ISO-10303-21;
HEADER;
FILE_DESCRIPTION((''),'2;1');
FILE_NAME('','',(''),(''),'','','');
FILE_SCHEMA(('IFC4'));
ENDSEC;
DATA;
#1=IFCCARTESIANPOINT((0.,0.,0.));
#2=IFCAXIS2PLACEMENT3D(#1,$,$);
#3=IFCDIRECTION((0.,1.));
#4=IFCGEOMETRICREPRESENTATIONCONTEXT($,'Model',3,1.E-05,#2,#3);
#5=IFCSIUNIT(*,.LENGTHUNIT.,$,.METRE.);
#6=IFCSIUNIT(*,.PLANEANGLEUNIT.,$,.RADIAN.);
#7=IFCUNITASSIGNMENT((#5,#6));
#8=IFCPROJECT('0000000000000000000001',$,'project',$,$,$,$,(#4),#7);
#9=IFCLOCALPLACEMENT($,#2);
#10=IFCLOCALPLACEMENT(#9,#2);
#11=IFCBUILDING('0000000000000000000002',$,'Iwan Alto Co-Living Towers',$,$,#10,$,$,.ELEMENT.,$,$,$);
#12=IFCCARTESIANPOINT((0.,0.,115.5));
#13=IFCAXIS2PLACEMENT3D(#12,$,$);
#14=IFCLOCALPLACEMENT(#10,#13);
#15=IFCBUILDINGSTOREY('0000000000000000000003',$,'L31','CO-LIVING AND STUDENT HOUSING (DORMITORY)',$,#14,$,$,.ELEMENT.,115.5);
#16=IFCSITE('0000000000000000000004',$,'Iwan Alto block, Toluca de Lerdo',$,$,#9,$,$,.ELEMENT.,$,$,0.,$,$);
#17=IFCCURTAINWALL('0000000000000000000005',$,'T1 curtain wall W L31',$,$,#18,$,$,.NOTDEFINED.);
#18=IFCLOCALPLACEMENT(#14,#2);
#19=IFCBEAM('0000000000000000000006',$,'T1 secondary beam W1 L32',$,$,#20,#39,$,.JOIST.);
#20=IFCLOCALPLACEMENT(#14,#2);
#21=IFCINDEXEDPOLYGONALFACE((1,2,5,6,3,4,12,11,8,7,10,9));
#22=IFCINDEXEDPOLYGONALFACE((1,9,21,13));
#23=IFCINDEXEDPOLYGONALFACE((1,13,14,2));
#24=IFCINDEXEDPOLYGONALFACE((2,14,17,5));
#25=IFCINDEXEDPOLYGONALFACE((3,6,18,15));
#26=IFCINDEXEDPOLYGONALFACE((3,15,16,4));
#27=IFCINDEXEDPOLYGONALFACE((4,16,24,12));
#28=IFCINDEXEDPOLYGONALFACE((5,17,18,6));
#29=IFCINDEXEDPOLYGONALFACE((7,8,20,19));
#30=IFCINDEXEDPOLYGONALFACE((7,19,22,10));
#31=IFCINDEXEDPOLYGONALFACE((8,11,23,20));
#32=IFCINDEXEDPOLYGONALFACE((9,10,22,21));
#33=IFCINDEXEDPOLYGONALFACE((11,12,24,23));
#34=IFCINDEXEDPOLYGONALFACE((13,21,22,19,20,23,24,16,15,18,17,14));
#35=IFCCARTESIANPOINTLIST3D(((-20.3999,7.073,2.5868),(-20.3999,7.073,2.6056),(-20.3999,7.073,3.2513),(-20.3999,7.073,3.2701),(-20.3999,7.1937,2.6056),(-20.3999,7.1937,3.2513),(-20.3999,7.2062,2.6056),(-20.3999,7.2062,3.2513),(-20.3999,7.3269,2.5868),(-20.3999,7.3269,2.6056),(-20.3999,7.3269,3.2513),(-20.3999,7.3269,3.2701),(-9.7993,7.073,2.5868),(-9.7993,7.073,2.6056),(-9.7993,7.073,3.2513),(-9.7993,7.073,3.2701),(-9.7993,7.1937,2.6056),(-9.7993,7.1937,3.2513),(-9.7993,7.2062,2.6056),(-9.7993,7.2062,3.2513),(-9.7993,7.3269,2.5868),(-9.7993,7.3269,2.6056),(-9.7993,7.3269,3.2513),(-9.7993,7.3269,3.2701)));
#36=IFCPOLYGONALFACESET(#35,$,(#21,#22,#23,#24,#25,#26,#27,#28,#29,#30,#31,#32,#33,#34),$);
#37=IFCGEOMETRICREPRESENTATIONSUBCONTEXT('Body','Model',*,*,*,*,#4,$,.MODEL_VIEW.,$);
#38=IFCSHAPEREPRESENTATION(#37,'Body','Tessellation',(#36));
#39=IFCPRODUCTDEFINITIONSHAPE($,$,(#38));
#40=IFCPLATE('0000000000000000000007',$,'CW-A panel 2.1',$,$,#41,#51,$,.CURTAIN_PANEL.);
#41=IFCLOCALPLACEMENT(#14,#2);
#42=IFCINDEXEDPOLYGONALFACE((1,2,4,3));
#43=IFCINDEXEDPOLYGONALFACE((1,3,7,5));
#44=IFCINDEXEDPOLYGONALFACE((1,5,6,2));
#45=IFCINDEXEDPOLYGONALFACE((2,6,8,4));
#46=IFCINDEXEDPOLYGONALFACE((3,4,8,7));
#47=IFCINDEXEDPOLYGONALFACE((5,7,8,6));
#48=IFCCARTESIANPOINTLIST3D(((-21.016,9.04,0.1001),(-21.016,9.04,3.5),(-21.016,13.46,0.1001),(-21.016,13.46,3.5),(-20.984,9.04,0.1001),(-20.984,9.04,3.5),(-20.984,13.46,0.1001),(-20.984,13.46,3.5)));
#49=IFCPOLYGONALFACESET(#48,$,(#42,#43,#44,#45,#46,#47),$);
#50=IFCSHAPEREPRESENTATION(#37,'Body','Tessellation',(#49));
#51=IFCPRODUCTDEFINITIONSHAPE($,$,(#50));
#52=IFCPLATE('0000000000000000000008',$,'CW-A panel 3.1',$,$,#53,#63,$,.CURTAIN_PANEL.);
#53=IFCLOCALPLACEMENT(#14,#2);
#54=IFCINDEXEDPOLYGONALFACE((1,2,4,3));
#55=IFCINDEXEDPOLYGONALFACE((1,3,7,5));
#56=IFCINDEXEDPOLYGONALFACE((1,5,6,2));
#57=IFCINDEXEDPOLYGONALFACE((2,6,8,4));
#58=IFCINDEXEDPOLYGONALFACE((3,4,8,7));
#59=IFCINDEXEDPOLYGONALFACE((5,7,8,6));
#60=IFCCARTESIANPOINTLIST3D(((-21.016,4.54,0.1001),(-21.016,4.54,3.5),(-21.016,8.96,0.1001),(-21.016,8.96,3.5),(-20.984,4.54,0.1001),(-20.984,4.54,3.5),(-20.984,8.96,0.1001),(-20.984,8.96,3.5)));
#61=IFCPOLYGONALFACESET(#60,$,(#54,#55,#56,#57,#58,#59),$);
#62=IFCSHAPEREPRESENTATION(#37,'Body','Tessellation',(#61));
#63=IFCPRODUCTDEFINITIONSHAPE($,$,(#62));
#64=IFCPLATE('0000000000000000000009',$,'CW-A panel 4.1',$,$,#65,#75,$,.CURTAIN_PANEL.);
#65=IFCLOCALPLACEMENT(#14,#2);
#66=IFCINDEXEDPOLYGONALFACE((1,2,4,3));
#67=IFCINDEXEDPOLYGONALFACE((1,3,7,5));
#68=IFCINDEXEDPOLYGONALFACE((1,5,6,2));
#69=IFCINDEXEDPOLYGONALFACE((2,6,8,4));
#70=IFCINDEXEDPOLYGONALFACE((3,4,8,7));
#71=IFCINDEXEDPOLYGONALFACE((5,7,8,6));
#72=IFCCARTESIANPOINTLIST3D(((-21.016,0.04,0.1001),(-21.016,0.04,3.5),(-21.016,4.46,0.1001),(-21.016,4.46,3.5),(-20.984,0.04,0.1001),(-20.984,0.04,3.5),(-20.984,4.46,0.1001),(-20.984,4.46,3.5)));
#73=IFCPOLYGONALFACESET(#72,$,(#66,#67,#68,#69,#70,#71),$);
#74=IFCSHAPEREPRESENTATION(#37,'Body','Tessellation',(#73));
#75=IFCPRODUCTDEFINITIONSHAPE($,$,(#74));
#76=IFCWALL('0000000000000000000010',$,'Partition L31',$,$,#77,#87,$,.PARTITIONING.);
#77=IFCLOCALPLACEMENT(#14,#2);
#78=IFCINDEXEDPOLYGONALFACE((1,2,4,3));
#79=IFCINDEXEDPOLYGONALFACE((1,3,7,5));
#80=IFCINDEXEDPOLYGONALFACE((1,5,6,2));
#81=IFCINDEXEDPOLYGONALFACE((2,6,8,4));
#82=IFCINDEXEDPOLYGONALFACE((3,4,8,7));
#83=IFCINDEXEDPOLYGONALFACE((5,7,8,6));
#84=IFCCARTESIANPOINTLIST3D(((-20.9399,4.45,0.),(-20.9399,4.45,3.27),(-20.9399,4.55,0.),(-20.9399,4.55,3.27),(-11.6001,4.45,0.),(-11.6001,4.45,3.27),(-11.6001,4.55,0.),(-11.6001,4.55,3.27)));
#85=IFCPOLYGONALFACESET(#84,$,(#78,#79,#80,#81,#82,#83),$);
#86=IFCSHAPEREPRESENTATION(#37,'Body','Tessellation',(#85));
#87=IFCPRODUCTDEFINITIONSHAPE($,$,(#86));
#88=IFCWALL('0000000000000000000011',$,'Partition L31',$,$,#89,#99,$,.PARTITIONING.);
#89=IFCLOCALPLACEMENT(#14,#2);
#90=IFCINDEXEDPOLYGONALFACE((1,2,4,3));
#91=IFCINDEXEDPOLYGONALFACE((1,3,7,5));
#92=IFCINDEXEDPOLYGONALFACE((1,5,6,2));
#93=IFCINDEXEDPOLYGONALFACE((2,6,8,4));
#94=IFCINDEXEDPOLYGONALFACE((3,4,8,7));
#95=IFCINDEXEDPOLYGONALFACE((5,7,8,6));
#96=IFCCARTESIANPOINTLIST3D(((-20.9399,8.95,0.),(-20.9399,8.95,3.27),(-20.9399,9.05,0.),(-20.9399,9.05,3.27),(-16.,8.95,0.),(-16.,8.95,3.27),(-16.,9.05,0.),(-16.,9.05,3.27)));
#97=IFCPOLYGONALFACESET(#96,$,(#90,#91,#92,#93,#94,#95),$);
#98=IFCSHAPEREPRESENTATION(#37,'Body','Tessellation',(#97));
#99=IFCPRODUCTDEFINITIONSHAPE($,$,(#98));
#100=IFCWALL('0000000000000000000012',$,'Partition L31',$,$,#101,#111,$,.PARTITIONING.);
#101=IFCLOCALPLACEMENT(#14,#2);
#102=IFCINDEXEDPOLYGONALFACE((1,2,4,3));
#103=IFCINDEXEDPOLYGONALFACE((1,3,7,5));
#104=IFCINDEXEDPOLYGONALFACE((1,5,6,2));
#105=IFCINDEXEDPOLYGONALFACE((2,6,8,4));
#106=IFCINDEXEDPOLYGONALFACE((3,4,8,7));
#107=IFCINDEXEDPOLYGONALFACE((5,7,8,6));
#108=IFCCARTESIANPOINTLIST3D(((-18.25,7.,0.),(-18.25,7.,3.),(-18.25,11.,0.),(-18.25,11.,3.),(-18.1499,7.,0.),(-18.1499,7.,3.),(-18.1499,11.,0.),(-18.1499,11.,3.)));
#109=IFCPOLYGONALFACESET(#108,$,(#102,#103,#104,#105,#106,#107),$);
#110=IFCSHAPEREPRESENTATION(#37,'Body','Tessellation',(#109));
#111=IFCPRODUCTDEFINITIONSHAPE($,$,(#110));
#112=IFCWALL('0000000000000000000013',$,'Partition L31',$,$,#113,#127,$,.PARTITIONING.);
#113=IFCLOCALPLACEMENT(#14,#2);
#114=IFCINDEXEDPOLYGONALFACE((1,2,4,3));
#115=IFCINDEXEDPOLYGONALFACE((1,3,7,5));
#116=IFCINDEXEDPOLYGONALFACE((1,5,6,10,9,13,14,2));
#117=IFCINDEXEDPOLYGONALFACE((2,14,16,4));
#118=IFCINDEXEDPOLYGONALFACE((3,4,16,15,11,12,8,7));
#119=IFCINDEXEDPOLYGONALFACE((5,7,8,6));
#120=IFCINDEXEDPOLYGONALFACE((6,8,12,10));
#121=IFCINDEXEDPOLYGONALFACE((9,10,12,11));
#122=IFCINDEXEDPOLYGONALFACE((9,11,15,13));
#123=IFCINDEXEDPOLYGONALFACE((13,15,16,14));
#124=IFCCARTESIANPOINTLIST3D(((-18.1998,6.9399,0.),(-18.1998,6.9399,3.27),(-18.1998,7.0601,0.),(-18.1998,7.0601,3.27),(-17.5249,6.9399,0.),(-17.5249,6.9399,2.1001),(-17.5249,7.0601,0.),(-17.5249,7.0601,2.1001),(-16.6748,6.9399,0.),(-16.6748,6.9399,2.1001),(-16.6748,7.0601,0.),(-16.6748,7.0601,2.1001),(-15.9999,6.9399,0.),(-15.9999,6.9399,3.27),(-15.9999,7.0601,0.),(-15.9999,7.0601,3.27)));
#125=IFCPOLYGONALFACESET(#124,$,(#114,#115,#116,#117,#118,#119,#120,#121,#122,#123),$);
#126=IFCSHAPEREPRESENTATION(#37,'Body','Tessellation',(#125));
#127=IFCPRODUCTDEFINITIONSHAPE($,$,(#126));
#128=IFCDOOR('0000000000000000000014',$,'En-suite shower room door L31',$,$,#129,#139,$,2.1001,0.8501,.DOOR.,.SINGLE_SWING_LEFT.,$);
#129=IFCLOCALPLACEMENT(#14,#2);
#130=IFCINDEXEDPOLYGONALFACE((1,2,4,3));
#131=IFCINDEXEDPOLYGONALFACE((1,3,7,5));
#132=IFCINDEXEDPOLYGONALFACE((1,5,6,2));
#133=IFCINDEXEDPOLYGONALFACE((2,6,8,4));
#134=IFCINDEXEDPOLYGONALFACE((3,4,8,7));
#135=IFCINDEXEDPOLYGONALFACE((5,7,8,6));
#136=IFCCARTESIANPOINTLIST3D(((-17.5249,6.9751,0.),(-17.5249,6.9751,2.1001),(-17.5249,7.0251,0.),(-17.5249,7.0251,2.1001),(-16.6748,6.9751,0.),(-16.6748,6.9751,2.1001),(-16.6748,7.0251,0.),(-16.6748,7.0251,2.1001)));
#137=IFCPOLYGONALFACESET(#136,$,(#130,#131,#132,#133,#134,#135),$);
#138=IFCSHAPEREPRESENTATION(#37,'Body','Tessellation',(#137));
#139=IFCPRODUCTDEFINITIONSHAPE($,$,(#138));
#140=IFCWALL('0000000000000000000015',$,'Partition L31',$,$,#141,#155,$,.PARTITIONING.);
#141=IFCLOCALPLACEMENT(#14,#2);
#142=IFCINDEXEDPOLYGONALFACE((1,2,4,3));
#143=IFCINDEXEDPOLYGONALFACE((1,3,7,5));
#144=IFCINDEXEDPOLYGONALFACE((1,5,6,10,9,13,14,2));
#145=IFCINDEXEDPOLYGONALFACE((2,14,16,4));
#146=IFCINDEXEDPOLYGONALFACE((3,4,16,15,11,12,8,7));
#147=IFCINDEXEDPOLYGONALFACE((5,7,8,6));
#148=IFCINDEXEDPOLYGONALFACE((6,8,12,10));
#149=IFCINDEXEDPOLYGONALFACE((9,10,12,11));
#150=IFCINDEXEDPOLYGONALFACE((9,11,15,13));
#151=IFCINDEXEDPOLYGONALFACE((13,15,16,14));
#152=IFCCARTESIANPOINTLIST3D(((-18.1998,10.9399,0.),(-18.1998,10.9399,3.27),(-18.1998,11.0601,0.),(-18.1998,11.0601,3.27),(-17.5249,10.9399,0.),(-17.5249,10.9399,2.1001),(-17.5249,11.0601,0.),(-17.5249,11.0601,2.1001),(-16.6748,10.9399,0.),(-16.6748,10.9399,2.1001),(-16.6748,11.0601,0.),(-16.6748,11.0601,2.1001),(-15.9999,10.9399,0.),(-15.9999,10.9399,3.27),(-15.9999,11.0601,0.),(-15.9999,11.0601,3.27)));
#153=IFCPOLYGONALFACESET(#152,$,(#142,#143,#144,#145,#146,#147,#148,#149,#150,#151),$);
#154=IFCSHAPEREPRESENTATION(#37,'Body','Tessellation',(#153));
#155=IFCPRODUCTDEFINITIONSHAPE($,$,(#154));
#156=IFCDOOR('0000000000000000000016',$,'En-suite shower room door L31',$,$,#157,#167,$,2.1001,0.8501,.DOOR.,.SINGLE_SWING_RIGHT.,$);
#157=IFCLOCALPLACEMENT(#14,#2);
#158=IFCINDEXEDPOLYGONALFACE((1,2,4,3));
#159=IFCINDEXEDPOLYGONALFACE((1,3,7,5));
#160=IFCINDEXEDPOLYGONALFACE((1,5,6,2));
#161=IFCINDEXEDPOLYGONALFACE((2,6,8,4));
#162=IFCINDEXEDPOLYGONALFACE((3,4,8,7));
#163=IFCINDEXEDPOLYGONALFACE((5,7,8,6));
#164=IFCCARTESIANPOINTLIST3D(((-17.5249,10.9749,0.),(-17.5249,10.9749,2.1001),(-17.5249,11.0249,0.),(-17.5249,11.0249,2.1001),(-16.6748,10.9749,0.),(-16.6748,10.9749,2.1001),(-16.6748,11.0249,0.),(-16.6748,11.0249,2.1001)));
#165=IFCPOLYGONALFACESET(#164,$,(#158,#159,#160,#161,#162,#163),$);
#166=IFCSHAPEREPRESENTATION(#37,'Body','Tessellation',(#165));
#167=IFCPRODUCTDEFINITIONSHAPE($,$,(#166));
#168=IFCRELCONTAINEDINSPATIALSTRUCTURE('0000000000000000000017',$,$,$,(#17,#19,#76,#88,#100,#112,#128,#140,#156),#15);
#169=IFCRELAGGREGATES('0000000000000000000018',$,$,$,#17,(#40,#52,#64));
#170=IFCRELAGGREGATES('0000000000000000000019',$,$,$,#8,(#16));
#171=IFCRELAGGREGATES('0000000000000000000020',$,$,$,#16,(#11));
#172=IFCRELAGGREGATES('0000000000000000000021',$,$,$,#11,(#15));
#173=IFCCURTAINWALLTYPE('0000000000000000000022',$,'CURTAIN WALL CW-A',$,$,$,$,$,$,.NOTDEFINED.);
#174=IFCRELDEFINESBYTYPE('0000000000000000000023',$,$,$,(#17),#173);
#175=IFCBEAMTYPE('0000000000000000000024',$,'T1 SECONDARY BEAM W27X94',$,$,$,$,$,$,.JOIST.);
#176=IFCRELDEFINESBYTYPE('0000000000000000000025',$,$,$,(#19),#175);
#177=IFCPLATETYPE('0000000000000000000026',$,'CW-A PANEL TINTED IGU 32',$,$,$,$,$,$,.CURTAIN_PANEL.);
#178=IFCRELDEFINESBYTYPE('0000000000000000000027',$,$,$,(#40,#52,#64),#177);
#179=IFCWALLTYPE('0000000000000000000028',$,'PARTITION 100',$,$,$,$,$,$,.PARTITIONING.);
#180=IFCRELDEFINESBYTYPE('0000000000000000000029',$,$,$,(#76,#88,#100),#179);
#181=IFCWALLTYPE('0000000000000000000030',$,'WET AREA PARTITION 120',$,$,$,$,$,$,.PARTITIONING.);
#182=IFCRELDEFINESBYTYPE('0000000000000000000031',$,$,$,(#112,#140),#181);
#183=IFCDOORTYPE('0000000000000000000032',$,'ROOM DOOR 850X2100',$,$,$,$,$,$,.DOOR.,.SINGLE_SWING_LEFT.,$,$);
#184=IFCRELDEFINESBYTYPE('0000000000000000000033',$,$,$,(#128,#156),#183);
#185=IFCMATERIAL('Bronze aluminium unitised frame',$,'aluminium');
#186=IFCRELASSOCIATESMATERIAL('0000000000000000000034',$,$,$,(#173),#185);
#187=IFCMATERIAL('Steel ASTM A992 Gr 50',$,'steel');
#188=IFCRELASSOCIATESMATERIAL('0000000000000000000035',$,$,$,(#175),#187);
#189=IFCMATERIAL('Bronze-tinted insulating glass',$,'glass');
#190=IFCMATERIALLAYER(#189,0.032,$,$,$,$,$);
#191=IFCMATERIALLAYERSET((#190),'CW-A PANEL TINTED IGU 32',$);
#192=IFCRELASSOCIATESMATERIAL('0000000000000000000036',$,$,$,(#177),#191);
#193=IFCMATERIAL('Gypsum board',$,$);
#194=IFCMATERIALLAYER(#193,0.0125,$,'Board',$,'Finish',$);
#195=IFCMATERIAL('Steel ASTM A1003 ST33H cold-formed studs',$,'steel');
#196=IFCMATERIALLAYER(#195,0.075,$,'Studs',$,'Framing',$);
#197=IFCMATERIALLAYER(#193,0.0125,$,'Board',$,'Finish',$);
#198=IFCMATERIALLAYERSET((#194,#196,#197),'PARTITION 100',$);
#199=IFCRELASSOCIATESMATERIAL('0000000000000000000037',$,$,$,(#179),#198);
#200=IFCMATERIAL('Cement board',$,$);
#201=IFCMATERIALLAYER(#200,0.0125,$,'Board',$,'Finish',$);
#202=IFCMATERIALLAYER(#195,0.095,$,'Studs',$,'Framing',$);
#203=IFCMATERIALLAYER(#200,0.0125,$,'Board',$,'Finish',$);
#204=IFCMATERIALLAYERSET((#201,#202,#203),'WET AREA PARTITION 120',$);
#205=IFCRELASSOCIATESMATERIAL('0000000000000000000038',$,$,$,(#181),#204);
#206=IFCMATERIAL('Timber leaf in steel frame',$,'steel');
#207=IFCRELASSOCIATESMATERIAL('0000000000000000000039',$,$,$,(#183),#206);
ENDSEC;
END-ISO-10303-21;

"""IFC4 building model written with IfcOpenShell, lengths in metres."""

from ifc_helpers import new_model, si_unit, direction, frame, frame_2d, origin, origin_2d, place, context, subcontext, project, spatial, rectangle, i_section, extrude, material, layer, layer_set, material_profile, profile_set, type_object, element, fill, aggregate, save


model = new_model("IFC4")

# Units and contexts
model_context = context("Model", 3, precision=1e-05, world=origin(), true_north=direction((0.0, 1.0)))
body_context = subcontext(model_context, "Body", "Model", "MODEL_VIEW")
ifc_project = project(units=[si_unit("LENGTHUNIT", "METRE"), si_unit("PLANEANGLEUNIT", "RADIAN")], contexts=[model_context])

# Site, building, storey
site_placement = place(None, origin())
site = spatial("IfcSite", under=ifc_project, at=site_placement, Name="Iwan Alto block, Toluca de Lerdo", CompositionType="ELEMENT", RefElevation=0.0)
building_placement = place(site_placement, origin())
building = spatial("IfcBuilding", under=site, at=building_placement, Name="Iwan Alto Co-Living Towers", CompositionType="ELEMENT")
storey_placement = place(building_placement, frame((0.0, 0.0, 115.5)))
storey = spatial("IfcBuildingStorey", under=building, at=storey_placement, Name="L31", Description="CO-LIVING AND STUDENT HOUSING (DORMITORY)", CompositionType="ELEMENT", Elevation=115.5)

# Curtain wall
ifc_material_1 = material(Name="Bronze aluminium unitised frame", Category="aluminium")
curtain_wall_type = type_object("IfcCurtainWallType", Name="CURTAIN WALL CW-A", PredefinedType="NOTDEFINED", material=ifc_material_1)
curtain_wall_placement = place(storey_placement, origin())
curtain_wall = element("IfcCurtainWall", 1, at=curtain_wall_placement, inside=storey, type_object=curtain_wall_type, Name="T1 curtain wall W L31", PredefinedType="NOTDEFINED")

# Beam
ifc_material_2 = material(Name="Steel ASTM A992 Gr 50", Category="steel")
ifc_material_profile_1 = material_profile(ifc_material_2, i_section(OverallWidth=0.2539, OverallDepth=0.6833, WebThickness=0.0125, FlangeThickness=0.0188, at=origin_2d()), Name="W27X94")
ifc_profile_set_1 = profile_set([ifc_material_profile_1], Name="Steel ASTM A992 Gr 50")
beam_type_1 = type_object("IfcBeamType", Name="T1 SECONDARY BEAM W27X94", PredefinedType="JOIST", material=ifc_profile_set_1)
beam_1_placement = place(storey_placement, frame((-20.3999, 7.2, 2.9285), z_axis=(1.0, 0.0, 0.0), x_axis=(0.0, 1.0, 0.0)))
element("IfcBeam", 2, at=beam_1_placement, inside=storey, type_object=beam_type_1, Name="T1 secondary beam W1 L32", PredefinedType="JOIST", context=body_context, shape_type="SweptSolid", body=[
    extrude(i_section(OverallWidth=0.2539, OverallDepth=0.6833, WebThickness=0.0125, FlangeThickness=0.0188, at=origin_2d()), origin(), (0.0, 0.0, 1.0), 10.6006),
])

# Plates
ifc_material_3 = material(Name="Bronze-tinted insulating glass", Category="glass")
ifc_layer_1 = layer(ifc_material_3, 0.032)
ifc_layer_set_1 = layer_set([ifc_layer_1], Name="CW-A PANEL TINTED IGU 32")
plate_type = type_object("IfcPlateType", Name="CW-A PANEL TINTED IGU 32", PredefinedType="CURTAIN_PANEL", material=ifc_layer_set_1)
plate_1_placement = place(storey_placement, frame((-21.0, 11.25, 0.1001), z_axis=(0.0, 0.0, 1.0), x_axis=(0.0, -1.0, 0.0)))
plate_1 = element("IfcPlate", 3, at=plate_1_placement, type_object=plate_type, Name="CW-A panel 2.1", PredefinedType="CURTAIN_PANEL", context=body_context, shape_type="SweptSolid", body=[
    extrude(rectangle(XDim=4.4199, YDim=0.032, at=origin_2d()), origin(), (0.0, 0.0, 1.0), 3.3999),
])
plate_2_placement = place(storey_placement, frame((-21.0, 6.75, 0.1001), z_axis=(0.0, 0.0, 1.0), x_axis=(0.0, -1.0, 0.0)))
plate_2 = element("IfcPlate", 4, at=plate_2_placement, type_object=plate_type, Name="CW-A panel 3.1", PredefinedType="CURTAIN_PANEL", context=body_context, shape_type="SweptSolid", body=[
    extrude(rectangle(XDim=4.4199, YDim=0.032, at=origin_2d()), origin(), (0.0, 0.0, 1.0), 3.3999),
])
plate_3_placement = place(storey_placement, frame((-21.0, 2.25, 0.1001), z_axis=(0.0, 0.0, 1.0), x_axis=(0.0, -1.0, 0.0)))
plate_3 = element("IfcPlate", 5, at=plate_3_placement, type_object=plate_type, Name="CW-A panel 4.1", PredefinedType="CURTAIN_PANEL", context=body_context, shape_type="SweptSolid", body=[
    extrude(rectangle(XDim=4.4199, YDim=0.032, at=origin_2d()), origin(), (0.0, 0.0, 1.0), 3.3999),
])
aggregate(curtain_wall, [plate_1, plate_2, plate_3])

# Walls
ifc_material_4 = material(Name="Gypsum board")
ifc_layer_2 = layer(ifc_material_4, 0.0125, Name="Board", Category="Finish")
ifc_material_5 = material(Name="Steel ASTM A1003 ST33H cold-formed studs", Category="steel")
ifc_layer_3 = layer(ifc_material_5, 0.075, Name="Studs", Category="Framing")
ifc_layer_4 = layer(ifc_material_4, 0.0125, Name="Board", Category="Finish")
ifc_layer_set_2 = layer_set([ifc_layer_2, ifc_layer_3, ifc_layer_4], Name="PARTITION 100")
wall_type_1 = type_object("IfcWallType", Name="PARTITION 100", PredefinedType="PARTITIONING", material=ifc_layer_set_2)
wall_1_placement = place(storey_placement, frame((-20.9399, 4.5, 0.0), z_axis=(0.0, 0.0, 1.0), x_axis=(1.0, 0.0, 0.0)))
element("IfcWall", 6, at=wall_1_placement, inside=storey, type_object=wall_type_1, Name="Partition L31", PredefinedType="PARTITIONING", context=body_context, shape_type="SweptSolid", body=[
    extrude(rectangle(XDim=9.3398, YDim=0.1001, at=frame_2d((4.6699, 0.0))), origin(), (0.0, 0.0, 1.0), 3.27),
])
wall_2_placement = place(storey_placement, frame((-20.9399, 9.0, 0.0), z_axis=(0.0, 0.0, 1.0), x_axis=(1.0, 0.0, 0.0)))
element("IfcWall", 7, at=wall_2_placement, inside=storey, type_object=wall_type_1, Name="Partition L31", PredefinedType="PARTITIONING", context=body_context, shape_type="SweptSolid", body=[
    extrude(rectangle(XDim=4.9399, YDim=0.1001, at=frame_2d((2.47, 0.0))), origin(), (0.0, 0.0, 1.0), 3.27),
])
wall_3_placement = place(storey_placement, frame((-18.2, 7.0, 0.0), z_axis=(0.0, 0.0, 1.0), x_axis=(0.0, 1.0, 0.0)))
element("IfcWall", 8, at=wall_3_placement, inside=storey, type_object=wall_type_1, Name="Partition L31", PredefinedType="PARTITIONING", context=body_context, shape_type="SweptSolid", body=[
    extrude(rectangle(XDim=4.0, YDim=0.1001, at=frame_2d((2.0, 0.0))), origin(), (0.0, 0.0, 1.0), 3.0),
])

# Walls, openings, doors
ifc_material_6 = material(Name="Cement board")
ifc_layer_5 = layer(ifc_material_6, 0.0125, Name="Board", Category="Finish")
ifc_layer_6 = layer(ifc_material_5, 0.095, Name="Studs", Category="Framing")
ifc_layer_7 = layer(ifc_material_6, 0.0125, Name="Board", Category="Finish")
ifc_layer_set_3 = layer_set([ifc_layer_5, ifc_layer_6, ifc_layer_7], Name="WET AREA PARTITION 120")
wall_type_2 = type_object("IfcWallType", Name="WET AREA PARTITION 120", PredefinedType="PARTITIONING", material=ifc_layer_set_3)
wall_4_placement = place(storey_placement, frame((-18.2, 7.0, 0.0), z_axis=(0.0, 0.0, 1.0), x_axis=(1.0, 0.0, 0.0)))
wall_4 = element("IfcWall", 9, at=wall_4_placement, inside=storey, type_object=wall_type_2, Name="Partition L31", PredefinedType="PARTITIONING", context=body_context, shape_type="SweptSolid", body=[
    extrude(rectangle(XDim=2.2, YDim=0.1201, at=frame_2d((1.1001, 0.0))), origin(), (0.0, 0.0, 1.0), 3.27),
])
opening_1_placement = place(wall_4_placement, frame((0.675, 0.0, 0.0)))
opening_1 = element("IfcOpeningElement", 10, at=opening_1_placement, cuts=wall_4, PredefinedType="OPENING", context=body_context, shape_type="SweptSolid", body=[
    extrude(rectangle(XDim=0.8501, YDim=2.1001, at=frame_2d((0.425, 1.05))), frame((0.0, 0.0701, 0.0), z_axis=(0.0, -1.0, 0.0), x_axis=(1.0, 0.0, 0.0)), (0.0, 0.0, 1.0), 0.1401),
])
ifc_material_7 = material(Name="Timber leaf in steel frame", Category="steel")
door_type = type_object("IfcDoorType", Name="ROOM DOOR 850X2100", OperationType="SINGLE_SWING_LEFT", PredefinedType="DOOR", material=ifc_material_7)
door_1_placement = place(opening_1_placement, frame((0.8501, 0.0, 0.0), z_axis=(0.0, 0.0, 1.0), x_axis=(-1.0, 0.0, 0.0)))
door_1 = element("IfcDoor", 11, at=door_1_placement, inside=storey, type_object=door_type, Name="En-suite shower room door L31", OperationType="SINGLE_SWING_LEFT", OverallHeight=2.1001, OverallWidth=0.8501, PredefinedType="DOOR", context=body_context, shape_type="SweptSolid", body=[
    extrude(rectangle(XDim=0.8501, YDim=2.1001, at=frame_2d((0.425, 1.05))), frame((0.0, 0.0249, 0.0), z_axis=(0.0, -1.0, 0.0), x_axis=(1.0, 0.0, 0.0)), (0.0, 0.0, 1.0), 0.05),
])
fill(opening_1, door_1)
wall_5_placement = place(storey_placement, frame((-18.2, 11.0, 0.0), z_axis=(0.0, 0.0, 1.0), x_axis=(1.0, 0.0, 0.0)))
wall_5 = element("IfcWall", 12, at=wall_5_placement, inside=storey, type_object=wall_type_2, Name="Partition L31", PredefinedType="PARTITIONING", context=body_context, shape_type="SweptSolid", body=[
    extrude(rectangle(XDim=2.2, YDim=0.1201, at=frame_2d((1.1001, 0.0))), origin(), (0.0, 0.0, 1.0), 3.27),
])
opening_2_placement = place(wall_5_placement, frame((0.675, 0.0, 0.0)))
opening_2 = element("IfcOpeningElement", 13, at=opening_2_placement, cuts=wall_5, PredefinedType="OPENING", context=body_context, shape_type="SweptSolid", body=[
    extrude(rectangle(XDim=0.8501, YDim=2.1001, at=frame_2d((0.425, 1.05))), frame((0.0, 0.0701, 0.0), z_axis=(0.0, -1.0, 0.0), x_axis=(1.0, 0.0, 0.0)), (0.0, 0.0, 1.0), 0.1401),
])
door_2_placement = place(opening_2_placement, origin())
door_2 = element("IfcDoor", 14, at=door_2_placement, inside=storey, type_object=door_type, Name="En-suite shower room door L31", OperationType="SINGLE_SWING_RIGHT", OverallHeight=2.1001, OverallWidth=0.8501, PredefinedType="DOOR", context=body_context, shape_type="SweptSolid", body=[
    extrude(rectangle(XDim=0.8501, YDim=2.1001, at=frame_2d((0.425, 1.05))), frame((0.0, 0.0249, 0.0), z_axis=(0.0, -1.0, 0.0), x_axis=(1.0, 0.0, 0.0)), (0.0, 0.0, 1.0), 0.05),
])
fill(opening_2, door_2)

save(model, "model.ifc")
